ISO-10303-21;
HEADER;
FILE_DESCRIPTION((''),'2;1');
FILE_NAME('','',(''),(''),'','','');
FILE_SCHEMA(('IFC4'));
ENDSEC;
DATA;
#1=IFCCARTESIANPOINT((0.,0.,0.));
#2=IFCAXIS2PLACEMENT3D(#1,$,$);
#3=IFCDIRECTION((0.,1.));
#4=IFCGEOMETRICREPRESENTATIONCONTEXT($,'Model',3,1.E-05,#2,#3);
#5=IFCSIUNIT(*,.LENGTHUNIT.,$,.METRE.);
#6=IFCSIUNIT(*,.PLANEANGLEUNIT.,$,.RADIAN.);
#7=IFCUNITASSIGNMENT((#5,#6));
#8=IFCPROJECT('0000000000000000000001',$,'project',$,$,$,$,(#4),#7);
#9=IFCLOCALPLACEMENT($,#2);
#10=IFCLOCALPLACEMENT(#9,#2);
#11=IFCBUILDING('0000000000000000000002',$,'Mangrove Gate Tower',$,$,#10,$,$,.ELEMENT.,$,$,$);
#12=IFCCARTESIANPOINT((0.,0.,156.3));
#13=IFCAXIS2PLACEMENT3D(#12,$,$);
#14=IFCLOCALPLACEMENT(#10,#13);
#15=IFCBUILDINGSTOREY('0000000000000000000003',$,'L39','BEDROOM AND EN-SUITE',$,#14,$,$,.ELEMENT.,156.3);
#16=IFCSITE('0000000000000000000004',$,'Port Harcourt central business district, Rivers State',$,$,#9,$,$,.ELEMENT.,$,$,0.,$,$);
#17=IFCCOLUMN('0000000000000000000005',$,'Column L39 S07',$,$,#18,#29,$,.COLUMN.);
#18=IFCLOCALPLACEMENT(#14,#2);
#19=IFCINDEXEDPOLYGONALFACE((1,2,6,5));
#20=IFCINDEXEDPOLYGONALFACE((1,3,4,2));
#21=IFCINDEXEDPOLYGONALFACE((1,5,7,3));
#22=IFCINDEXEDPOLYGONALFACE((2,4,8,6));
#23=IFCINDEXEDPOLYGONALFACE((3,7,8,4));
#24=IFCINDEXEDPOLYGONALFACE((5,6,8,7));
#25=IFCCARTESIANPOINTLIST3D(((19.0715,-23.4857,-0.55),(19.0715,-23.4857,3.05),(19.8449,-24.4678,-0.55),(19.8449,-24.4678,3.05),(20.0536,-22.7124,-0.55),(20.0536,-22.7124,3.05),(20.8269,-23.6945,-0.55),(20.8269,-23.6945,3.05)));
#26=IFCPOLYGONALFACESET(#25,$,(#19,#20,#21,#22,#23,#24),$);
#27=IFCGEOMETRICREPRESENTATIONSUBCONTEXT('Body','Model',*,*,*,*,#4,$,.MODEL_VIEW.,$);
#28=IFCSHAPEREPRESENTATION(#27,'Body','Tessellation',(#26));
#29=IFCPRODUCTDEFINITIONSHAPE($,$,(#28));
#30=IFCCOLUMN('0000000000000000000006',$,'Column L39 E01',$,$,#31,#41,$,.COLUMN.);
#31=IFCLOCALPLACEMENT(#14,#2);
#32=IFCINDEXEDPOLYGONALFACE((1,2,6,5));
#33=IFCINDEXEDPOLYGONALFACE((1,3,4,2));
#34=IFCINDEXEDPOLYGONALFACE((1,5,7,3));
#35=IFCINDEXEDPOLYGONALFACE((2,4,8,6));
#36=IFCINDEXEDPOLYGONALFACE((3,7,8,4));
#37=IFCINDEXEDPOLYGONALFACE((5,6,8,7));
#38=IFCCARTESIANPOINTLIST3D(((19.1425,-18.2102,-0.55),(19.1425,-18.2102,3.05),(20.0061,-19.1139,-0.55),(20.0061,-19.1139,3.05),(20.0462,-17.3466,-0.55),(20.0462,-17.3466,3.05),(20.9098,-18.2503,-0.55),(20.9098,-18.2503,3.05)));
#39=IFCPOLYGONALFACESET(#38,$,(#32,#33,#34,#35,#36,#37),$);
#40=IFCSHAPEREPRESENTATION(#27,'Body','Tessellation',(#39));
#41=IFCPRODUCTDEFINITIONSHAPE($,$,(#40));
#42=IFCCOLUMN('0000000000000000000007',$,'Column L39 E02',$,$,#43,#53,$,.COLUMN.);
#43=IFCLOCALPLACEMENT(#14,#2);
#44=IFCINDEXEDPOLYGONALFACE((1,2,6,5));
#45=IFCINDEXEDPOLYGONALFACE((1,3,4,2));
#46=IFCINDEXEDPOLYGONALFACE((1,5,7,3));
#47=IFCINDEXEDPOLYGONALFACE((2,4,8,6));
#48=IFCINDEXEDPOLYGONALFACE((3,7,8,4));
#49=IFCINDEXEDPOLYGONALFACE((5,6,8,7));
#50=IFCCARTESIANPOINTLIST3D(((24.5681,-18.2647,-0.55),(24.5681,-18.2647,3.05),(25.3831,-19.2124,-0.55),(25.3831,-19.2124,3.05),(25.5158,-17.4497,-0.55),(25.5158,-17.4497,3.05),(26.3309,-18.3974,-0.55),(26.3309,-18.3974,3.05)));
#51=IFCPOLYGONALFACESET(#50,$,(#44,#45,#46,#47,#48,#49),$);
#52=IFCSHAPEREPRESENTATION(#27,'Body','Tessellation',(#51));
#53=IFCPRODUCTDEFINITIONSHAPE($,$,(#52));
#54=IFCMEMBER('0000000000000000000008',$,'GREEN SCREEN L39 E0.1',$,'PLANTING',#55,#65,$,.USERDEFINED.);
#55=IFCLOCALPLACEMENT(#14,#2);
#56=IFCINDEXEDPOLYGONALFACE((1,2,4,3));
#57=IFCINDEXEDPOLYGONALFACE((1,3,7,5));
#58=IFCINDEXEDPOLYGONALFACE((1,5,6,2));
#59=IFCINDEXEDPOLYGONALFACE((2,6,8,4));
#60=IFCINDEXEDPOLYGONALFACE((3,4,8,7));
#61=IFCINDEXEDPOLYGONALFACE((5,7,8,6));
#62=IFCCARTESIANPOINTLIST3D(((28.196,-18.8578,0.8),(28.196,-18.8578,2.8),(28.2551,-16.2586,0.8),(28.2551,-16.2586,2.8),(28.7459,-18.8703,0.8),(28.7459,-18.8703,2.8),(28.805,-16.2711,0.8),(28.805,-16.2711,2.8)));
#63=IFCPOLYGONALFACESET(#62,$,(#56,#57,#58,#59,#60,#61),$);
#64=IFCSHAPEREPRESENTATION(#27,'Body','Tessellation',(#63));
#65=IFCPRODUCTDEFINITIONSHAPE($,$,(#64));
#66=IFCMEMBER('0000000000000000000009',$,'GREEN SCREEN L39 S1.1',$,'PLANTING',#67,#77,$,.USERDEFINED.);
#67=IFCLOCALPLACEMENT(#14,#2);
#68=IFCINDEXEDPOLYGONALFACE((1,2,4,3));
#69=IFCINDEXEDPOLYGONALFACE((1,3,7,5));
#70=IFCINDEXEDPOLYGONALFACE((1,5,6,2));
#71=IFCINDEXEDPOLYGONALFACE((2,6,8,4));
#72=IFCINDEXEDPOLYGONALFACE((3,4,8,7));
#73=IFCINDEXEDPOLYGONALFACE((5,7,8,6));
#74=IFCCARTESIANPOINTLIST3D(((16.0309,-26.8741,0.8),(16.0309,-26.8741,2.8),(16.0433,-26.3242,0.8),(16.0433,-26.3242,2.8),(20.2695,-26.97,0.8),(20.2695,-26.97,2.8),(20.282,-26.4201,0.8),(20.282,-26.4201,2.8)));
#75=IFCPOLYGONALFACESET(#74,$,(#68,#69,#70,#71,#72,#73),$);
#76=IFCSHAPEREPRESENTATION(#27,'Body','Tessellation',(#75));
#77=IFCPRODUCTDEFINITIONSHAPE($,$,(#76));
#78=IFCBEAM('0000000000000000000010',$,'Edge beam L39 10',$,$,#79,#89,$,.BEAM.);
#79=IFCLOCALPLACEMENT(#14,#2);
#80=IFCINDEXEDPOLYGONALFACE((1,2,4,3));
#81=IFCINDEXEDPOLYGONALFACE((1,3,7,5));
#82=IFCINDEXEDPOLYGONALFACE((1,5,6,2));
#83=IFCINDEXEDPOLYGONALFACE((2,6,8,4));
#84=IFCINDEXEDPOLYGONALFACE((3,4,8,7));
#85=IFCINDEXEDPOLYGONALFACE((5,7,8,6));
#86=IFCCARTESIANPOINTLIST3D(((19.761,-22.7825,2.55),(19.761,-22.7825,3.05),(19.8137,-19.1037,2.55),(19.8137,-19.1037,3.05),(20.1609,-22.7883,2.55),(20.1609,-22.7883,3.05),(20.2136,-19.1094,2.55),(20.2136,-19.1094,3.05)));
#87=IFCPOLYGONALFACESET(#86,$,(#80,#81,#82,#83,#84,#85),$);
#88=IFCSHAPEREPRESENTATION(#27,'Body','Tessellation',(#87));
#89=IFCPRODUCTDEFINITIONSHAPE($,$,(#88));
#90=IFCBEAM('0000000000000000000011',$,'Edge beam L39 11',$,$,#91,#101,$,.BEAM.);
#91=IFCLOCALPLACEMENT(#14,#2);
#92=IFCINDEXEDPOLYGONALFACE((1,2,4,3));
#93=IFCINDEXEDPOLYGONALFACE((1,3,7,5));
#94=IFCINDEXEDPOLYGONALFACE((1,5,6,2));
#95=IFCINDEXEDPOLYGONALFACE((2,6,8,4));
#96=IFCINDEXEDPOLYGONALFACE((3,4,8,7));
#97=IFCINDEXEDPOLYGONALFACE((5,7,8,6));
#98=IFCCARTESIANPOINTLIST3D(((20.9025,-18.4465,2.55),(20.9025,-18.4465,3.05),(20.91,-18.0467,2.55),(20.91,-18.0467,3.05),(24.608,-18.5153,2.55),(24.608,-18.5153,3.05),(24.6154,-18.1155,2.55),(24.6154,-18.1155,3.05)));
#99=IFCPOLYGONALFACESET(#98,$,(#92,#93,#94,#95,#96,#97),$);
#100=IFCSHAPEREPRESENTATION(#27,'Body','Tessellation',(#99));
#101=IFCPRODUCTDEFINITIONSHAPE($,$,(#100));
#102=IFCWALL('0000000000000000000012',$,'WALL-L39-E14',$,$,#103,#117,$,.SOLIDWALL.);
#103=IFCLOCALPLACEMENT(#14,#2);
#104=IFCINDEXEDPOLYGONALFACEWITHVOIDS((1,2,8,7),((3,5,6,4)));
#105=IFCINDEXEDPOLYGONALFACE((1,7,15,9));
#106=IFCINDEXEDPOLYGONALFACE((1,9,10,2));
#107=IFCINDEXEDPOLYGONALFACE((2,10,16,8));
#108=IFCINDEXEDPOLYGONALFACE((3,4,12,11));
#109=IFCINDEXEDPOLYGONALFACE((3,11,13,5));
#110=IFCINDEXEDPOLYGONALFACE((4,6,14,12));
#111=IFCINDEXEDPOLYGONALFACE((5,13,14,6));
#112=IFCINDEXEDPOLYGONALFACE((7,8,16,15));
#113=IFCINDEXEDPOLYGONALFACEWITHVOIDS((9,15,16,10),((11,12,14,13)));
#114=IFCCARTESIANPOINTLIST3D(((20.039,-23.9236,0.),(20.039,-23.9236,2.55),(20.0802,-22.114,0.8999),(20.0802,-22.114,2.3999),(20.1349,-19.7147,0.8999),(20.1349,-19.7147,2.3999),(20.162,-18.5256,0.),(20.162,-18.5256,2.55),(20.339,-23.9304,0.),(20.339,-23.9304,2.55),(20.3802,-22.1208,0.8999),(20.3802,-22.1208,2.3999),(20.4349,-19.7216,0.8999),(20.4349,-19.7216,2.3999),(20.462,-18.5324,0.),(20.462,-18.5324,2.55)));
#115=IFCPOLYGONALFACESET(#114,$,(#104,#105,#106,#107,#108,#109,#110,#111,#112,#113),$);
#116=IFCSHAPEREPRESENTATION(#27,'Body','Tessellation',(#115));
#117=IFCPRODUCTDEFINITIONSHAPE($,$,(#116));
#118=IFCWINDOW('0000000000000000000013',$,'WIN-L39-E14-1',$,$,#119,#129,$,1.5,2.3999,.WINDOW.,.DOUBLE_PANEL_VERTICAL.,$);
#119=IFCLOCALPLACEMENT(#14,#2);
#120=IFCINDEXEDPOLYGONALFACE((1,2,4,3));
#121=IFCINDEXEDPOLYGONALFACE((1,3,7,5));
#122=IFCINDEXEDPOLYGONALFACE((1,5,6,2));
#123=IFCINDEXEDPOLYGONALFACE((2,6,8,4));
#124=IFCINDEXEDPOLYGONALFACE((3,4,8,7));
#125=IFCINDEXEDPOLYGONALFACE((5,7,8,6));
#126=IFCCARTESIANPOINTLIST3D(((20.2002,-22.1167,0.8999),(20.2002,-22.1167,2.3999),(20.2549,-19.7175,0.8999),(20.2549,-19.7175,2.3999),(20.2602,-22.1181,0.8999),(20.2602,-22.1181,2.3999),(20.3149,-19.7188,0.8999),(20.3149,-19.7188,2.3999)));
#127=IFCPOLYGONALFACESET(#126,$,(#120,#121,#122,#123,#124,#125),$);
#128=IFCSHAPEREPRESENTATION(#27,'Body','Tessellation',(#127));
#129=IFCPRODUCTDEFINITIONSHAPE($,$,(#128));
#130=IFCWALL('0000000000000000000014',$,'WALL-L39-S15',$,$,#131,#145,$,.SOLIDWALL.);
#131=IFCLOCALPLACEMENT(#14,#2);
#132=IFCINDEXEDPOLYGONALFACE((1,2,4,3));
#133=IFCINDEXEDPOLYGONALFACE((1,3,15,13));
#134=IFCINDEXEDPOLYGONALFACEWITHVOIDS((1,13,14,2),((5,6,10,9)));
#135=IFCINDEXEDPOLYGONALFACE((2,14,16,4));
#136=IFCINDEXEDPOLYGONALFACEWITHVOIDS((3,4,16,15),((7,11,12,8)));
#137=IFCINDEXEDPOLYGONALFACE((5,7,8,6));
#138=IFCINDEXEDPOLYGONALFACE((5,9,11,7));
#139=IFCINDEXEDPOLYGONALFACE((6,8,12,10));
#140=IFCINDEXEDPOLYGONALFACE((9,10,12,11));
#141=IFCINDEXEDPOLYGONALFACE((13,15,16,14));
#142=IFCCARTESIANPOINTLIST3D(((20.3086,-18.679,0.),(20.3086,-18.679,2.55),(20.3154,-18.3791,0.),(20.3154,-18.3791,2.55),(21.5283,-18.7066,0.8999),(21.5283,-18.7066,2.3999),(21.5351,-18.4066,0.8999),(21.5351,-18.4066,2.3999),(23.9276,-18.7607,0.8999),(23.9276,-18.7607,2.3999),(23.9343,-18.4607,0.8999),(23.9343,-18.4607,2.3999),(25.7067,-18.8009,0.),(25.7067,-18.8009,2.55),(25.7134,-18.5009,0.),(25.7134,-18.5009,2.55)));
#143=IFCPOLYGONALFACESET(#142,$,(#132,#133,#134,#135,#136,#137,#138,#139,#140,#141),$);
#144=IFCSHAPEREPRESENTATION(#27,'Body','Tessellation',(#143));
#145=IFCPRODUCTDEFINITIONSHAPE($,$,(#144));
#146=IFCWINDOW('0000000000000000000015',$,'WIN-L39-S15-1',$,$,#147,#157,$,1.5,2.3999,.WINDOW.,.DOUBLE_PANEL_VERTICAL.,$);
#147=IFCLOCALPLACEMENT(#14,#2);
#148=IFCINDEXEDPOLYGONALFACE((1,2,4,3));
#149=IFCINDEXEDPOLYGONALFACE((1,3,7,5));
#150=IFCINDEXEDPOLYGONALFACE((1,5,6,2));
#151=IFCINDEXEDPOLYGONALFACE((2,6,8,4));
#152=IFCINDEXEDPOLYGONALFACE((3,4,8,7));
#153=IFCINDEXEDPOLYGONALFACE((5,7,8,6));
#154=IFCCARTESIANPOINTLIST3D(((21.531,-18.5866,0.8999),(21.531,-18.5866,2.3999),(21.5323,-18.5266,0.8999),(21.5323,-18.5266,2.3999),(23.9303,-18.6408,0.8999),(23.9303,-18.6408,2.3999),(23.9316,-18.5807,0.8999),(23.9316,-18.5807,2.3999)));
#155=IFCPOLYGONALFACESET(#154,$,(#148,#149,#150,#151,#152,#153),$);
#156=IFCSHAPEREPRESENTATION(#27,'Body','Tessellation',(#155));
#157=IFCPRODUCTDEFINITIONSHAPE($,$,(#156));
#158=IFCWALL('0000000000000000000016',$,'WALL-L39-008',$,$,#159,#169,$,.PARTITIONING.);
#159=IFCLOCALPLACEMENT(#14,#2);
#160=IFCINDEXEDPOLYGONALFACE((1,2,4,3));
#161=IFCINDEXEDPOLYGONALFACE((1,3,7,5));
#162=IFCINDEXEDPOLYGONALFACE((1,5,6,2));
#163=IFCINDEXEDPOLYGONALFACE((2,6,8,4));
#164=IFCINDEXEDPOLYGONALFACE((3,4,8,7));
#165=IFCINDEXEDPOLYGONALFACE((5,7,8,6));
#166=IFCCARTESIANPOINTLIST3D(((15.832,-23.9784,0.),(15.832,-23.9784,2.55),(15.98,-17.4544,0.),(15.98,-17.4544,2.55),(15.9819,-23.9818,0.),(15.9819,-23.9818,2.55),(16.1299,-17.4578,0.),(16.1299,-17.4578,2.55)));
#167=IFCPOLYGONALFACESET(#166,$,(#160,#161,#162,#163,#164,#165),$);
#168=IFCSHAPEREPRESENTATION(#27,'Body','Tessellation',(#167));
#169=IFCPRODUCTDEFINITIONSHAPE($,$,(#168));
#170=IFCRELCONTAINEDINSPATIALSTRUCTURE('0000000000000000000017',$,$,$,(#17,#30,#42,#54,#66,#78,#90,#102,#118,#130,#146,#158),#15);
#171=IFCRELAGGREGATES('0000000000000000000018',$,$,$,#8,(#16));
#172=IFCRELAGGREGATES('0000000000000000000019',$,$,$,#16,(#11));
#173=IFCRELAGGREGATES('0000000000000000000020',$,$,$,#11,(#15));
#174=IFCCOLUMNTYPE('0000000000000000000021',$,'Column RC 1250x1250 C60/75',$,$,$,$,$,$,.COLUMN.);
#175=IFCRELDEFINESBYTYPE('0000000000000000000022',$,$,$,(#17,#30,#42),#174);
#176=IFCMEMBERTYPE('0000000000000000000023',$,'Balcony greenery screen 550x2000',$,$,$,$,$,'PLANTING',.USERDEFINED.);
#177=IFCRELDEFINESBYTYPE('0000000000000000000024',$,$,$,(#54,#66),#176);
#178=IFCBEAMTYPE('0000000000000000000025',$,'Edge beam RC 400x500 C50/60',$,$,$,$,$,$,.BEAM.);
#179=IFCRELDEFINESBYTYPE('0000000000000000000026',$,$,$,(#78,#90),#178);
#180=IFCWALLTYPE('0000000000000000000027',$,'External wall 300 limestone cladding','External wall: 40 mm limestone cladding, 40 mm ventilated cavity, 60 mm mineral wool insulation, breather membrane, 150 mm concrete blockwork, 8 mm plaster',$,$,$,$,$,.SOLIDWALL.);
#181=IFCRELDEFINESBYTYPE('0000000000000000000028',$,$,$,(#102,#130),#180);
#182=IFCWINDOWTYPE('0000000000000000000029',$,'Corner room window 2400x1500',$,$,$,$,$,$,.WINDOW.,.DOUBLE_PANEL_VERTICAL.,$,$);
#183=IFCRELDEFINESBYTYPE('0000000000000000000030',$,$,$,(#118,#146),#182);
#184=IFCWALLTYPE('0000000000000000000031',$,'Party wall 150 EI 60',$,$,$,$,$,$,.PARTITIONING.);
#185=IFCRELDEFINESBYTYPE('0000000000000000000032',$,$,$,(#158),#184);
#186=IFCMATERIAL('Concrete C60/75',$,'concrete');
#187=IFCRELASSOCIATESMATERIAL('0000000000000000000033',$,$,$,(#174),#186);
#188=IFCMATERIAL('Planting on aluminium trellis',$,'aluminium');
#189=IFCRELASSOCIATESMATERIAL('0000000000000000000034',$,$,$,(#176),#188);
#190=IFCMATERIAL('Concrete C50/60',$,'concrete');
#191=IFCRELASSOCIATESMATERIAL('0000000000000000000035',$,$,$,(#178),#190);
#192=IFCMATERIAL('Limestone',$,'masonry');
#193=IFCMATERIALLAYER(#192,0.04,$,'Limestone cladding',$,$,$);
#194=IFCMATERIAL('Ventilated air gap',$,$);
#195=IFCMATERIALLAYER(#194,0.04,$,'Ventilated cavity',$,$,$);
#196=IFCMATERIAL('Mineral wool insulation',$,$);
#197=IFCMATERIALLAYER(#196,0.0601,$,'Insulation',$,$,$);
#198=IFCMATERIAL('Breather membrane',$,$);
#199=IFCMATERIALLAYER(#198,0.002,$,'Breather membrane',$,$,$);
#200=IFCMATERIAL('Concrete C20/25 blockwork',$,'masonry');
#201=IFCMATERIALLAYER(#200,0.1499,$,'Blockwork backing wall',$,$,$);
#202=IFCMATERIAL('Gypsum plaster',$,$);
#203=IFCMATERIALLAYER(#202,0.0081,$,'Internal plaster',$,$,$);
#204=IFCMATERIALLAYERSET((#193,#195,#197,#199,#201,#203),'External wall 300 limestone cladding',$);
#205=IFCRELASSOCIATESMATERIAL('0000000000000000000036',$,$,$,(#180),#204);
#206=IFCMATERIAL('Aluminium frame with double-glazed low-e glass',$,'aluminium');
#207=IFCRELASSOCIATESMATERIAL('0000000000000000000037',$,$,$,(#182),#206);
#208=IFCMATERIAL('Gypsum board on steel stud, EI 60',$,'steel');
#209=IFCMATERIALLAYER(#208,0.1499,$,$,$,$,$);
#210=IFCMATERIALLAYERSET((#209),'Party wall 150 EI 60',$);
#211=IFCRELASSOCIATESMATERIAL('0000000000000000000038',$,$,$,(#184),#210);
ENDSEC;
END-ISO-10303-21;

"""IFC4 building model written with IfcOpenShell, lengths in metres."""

from ifc_helpers import new_model, si_unit, direction, frame, frame_2d, origin, origin_2d, place, context, subcontext, project, spatial, rectangle, extrude, material, layer, layer_set, material_profile, profile_set, type_object, element, fill, save


model = new_model("IFC4")

# Units and contexts
model_context = context("Model", 3, precision=1e-05, world=origin(), true_north=direction((0.0, 1.0)))
body_context = subcontext(model_context, "Body", "Model", "MODEL_VIEW")
ifc_project = project(units=[si_unit("LENGTHUNIT", "METRE"), si_unit("PLANEANGLEUNIT", "RADIAN")], contexts=[model_context])

# Site, building, storey
site_placement = place(None, origin())
site = spatial("IfcSite", under=ifc_project, at=site_placement, Name="Port Harcourt central business district, Rivers State", CompositionType="ELEMENT", RefElevation=0.0)
building_placement = place(site_placement, origin())
building = spatial("IfcBuilding", under=site, at=building_placement, Name="Mangrove Gate Tower", CompositionType="ELEMENT")
storey_placement = place(building_placement, frame((0.0, 0.0, 156.3)))
storey = spatial("IfcBuildingStorey", under=building, at=storey_placement, Name="L39", Description="BEDROOM AND EN-SUITE", CompositionType="ELEMENT", Elevation=156.3)

# Columns
ifc_material_1 = material(Name="Concrete C60/75", Category="concrete")
ifc_material_profile_1 = material_profile(ifc_material_1, rectangle(XDim=1.25, YDim=1.25, at=origin_2d()))
ifc_profile_set_1 = profile_set([ifc_material_profile_1], Name="Concrete C60/75")
column_type = type_object("IfcColumnType", Name="Column RC 1250x1250 C60/75", PredefinedType="COLUMN", material=ifc_profile_set_1)
for number, where, z_axis, x_axis, name in (
    (1, (19.9492, -23.5901, -0.55), (0.0, 0.0, 1.0), (0.785651, 0.61867, 0.0), "Column L39 S07"),
    (2, (20.0261, -18.2302, -0.55), (0.0, 0.0, 1.0), (0.722966, 0.690884, 0.0), "Column L39 E01"),
    (3, (25.4495, -18.3311, -0.55), (0.0, 0.0, 1.0), (0.758168, 0.65206, 0.0), "Column L39 E02"),
):
    element("IfcColumn", number, at=place(storey_placement, frame(where, z_axis=z_axis, x_axis=x_axis)), inside=storey, type_object=column_type, Name=name, PredefinedType="COLUMN", context=body_context, shape_type="SweptSolid", body=[
        extrude(rectangle(XDim=1.25, YDim=1.25, at=origin_2d()), origin(), (0.0, 0.0, 1.0), 3.6001),
    ])

# Members
ifc_material_2 = material(Name="Planting on aluminium trellis", Category="aluminium")
ifc_material_profile_2 = material_profile(ifc_material_2, rectangle(XDim=0.55, YDim=2.0, at=origin_2d()))
ifc_profile_set_2 = profile_set([ifc_material_profile_2], Name="Planting on aluminium trellis")
member_type = type_object("IfcMemberType", Name="Balcony greenery screen 550x2000", ElementType="PLANTING", PredefinedType="USERDEFINED", material=ifc_profile_set_2)
member_1_placement = place(storey_placement, frame((28.4709, -18.864, 1.8), z_axis=(0.022726, 0.999742, 0.0), x_axis=(-0.999742, 0.022726, 0.0)))
element("IfcMember", 4, at=member_1_placement, inside=storey, type_object=member_type, Name="GREEN SCREEN L39 E0.1", ObjectType="PLANTING", PredefinedType="USERDEFINED", context=body_context, shape_type="SweptSolid", body=[
    extrude(rectangle(XDim=0.55, YDim=2.0, at=origin_2d()), origin(), (0.0, 0.0, 1.0), 2.5999),
])
member_2_placement = place(storey_placement, frame((16.0371, -26.5991, 1.8), z_axis=(0.999744, -0.02263, 0.0), x_axis=(0.02263, 0.999744, 0.0)))
element("IfcMember", 5, at=member_2_placement, inside=storey, type_object=member_type, Name="GREEN SCREEN L39 S1.1", ObjectType="PLANTING", PredefinedType="USERDEFINED", context=body_context, shape_type="SweptSolid", body=[
    extrude(rectangle(XDim=0.55, YDim=2.0, at=origin_2d()), origin(), (0.0, 0.0, 1.0), 4.2397),
])

# Beams
ifc_material_3 = material(Name="Concrete C50/60", Category="concrete")
ifc_material_profile_3 = material_profile(ifc_material_3, rectangle(XDim=0.3999, YDim=0.5, at=origin_2d()))
ifc_profile_set_3 = profile_set([ifc_material_profile_3], Name="Concrete C50/60")
beam_type = type_object("IfcBeamType", Name="Edge beam RC 400x500 C50/60", PredefinedType="BEAM", material=ifc_profile_set_3)
beam_1_placement = place(storey_placement, frame((19.9609, -22.7854, 2.8), z_axis=(0.014334, 0.999897, 0.0), x_axis=(-0.999897, 0.014334, 0.0)))
element("IfcBeam", 6, at=beam_1_placement, inside=storey, type_object=beam_type, Name="Edge beam L39 10", PredefinedType="BEAM", context=body_context, shape_type="SweptSolid", body=[
    extrude(rectangle(XDim=0.3999, YDim=0.5, at=origin_2d()), origin(), (0.0, 0.0, 1.0), 3.6792),
])
beam_2_placement = place(storey_placement, frame((20.9062, -18.2466, 2.8), z_axis=(0.999827, -0.018578, 0.0), x_axis=(0.018578, 0.999827, 0.0)))
element("IfcBeam", 7, at=beam_2_placement, inside=storey, type_object=beam_type, Name="Edge beam L39 11", PredefinedType="BEAM", context=body_context, shape_type="SweptSolid", body=[
    extrude(rectangle(XDim=0.3999, YDim=0.5, at=origin_2d()), origin(), (0.0, 0.0, 1.0), 3.7061),
])

# Shared definitions
ifc_material_4 = material(Name="Limestone", Category="masonry")
ifc_layer_1 = layer(ifc_material_4, 0.04, Name="Limestone cladding")
ifc_material_5 = material(Name="Ventilated air gap")
ifc_layer_2 = layer(ifc_material_5, 0.04, Name="Ventilated cavity")
ifc_material_6 = material(Name="Mineral wool insulation")
ifc_layer_3 = layer(ifc_material_6, 0.0601, Name="Insulation")
ifc_material_7 = material(Name="Breather membrane")
ifc_layer_4 = layer(ifc_material_7, 0.002, Name="Breather membrane")
ifc_material_8 = material(Name="Concrete C20/25 blockwork", Category="masonry")
ifc_layer_5 = layer(ifc_material_8, 0.1499, Name="Blockwork backing wall")
ifc_material_9 = material(Name="Gypsum plaster")
ifc_layer_6 = layer(ifc_material_9, 0.0081, Name="Internal plaster")
ifc_layer_set_1 = layer_set([ifc_layer_1, ifc_layer_2, ifc_layer_3, ifc_layer_4, ifc_layer_5, ifc_layer_6], Name="External wall 300 limestone cladding")
wall_type_1 = type_object("IfcWallType", Name="External wall 300 limestone cladding", Description="External wall: 40 mm limestone cladding, 40 mm ventilated cavity, 60 mm mineral wool insulation, breather membrane, 150 mm concrete blockwork, 8 mm plaster", PredefinedType="SOLIDWALL", material=ifc_layer_set_1)

# Walls, openings, windows
wall_1_placement = place(storey_placement, frame((20.189, -23.927, 0.0), z_axis=(0.0, 0.0, 1.0), x_axis=(0.022789, 0.99974, 0.0)))
wall_1 = element("IfcWall", 8, at=wall_1_placement, inside=storey, type_object=wall_type_1, Name="WALL-L39-E14", PredefinedType="SOLIDWALL", context=body_context, shape_type="SweptSolid", body=[
    extrude(rectangle(XDim=5.3994, YDim=0.3, at=frame_2d((2.6997, 0.0))), origin(), (0.0, 0.0, 1.0), 2.55),
])
opening_1_placement = place(wall_1_placement, frame((1.8101, 0.0, 0.8999)))
opening_1 = element("IfcOpeningElement", 9, at=opening_1_placement, cuts=wall_1, PredefinedType="OPENING", context=body_context, shape_type="SweptSolid", body=[
    extrude(rectangle(XDim=2.3999, YDim=1.5, at=frame_2d((1.2, 0.75))), frame((0.0, 0.1599, 0.0), z_axis=(0.0, -1.0, 0.0), x_axis=(1.0, 0.0, 0.0)), (0.0, 0.0, 1.0), 0.3201),
])
ifc_material_10 = material(Name="Aluminium frame with double-glazed low-e glass", Category="aluminium")
window_type_1 = type_object("IfcWindowType", Name="Corner room window 2400x1500", PartitioningType="DOUBLE_PANEL_VERTICAL", PredefinedType="WINDOW", material=ifc_material_10)
window_1_placement = place(opening_1_placement, origin())
window_1 = element("IfcWindow", 10, at=window_1_placement, inside=storey, type_object=window_type_1, Name="WIN-L39-E14-1", OverallHeight=1.5, OverallWidth=2.3999, PartitioningType="DOUBLE_PANEL_VERTICAL", PredefinedType="WINDOW", context=body_context, shape_type="SweptSolid", body=[
    extrude(rectangle(XDim=2.3999, YDim=1.5, at=frame_2d((1.2, 0.75))), frame((0.0, 0.03, 0.0), z_axis=(0.0, -1.0, 0.0), x_axis=(1.0, 0.0, 0.0)), (0.0, 0.0, 1.0), 0.0601),
])
fill(opening_1, window_1)
wall_2_placement = place(storey_placement, frame((20.312, -18.5291, 0.0), z_axis=(0.0, 0.0, 1.0), x_axis=(0.999745, -0.022563, 0.0)))
wall_2 = element("IfcWall", 11, at=wall_2_placement, inside=storey, type_object=wall_type_1, Name="WALL-L39-S15", PredefinedType="SOLIDWALL", context=body_context, shape_type="SweptSolid", body=[
    extrude(rectangle(XDim=5.3994, YDim=0.3, at=frame_2d((2.6997, 0.0))), origin(), (0.0, 0.0, 1.0), 2.55),
])
opening_2_placement = place(wall_2_placement, frame((1.22, 0.0, 0.8999)))
opening_2 = element("IfcOpeningElement", 12, at=opening_2_placement, cuts=wall_2, PredefinedType="OPENING", context=body_context, shape_type="SweptSolid", body=[
    extrude(rectangle(XDim=2.3999, YDim=1.5, at=frame_2d((1.2, 0.75))), frame((0.0, 0.1599, 0.0), z_axis=(0.0, -1.0, 0.0), x_axis=(1.0, 0.0, 0.0)), (0.0, 0.0, 1.0), 0.3201),
])
window_2_placement = place(opening_2_placement, origin())
window_2 = element("IfcWindow", 13, at=window_2_placement, inside=storey, type_object=window_type_1, Name="WIN-L39-S15-1", OverallHeight=1.5, OverallWidth=2.3999, PartitioningType="DOUBLE_PANEL_VERTICAL", PredefinedType="WINDOW", context=body_context, shape_type="SweptSolid", body=[
    extrude(rectangle(XDim=2.3999, YDim=1.5, at=frame_2d((1.2, 0.75))), frame((0.0, 0.03, 0.0), z_axis=(0.0, -1.0, 0.0), x_axis=(1.0, 0.0, 0.0)), (0.0, 0.0, 1.0), 0.0601),
])
fill(opening_2, window_2)

# Wall
ifc_material_11 = material(Name="Gypsum board on steel stud, EI 60", Category="steel")
ifc_layer_7 = layer(ifc_material_11, 0.1499)
ifc_layer_set_2 = layer_set([ifc_layer_7], Name="Party wall 150 EI 60")
wall_type_2 = type_object("IfcWallType", Name="Party wall 150 EI 60", PredefinedType="PARTITIONING", material=ifc_layer_set_2)
wall_3_placement = place(storey_placement, frame((15.907, -23.98, 0.0), z_axis=(0.0, 0.0, 1.0), x_axis=(0.022672, 0.999743, 0.0)))
element("IfcWall", 14, at=wall_3_placement, inside=storey, type_object=wall_type_2, Name="WALL-L39-008", PredefinedType="PARTITIONING", context=body_context, shape_type="SweptSolid", body=[
    extrude(rectangle(XDim=6.5256, YDim=0.1499, at=frame_2d((3.2627, 0.0))), origin(), (0.0, 0.0, 1.0), 2.55),
])

save(model, "model.ifc")
